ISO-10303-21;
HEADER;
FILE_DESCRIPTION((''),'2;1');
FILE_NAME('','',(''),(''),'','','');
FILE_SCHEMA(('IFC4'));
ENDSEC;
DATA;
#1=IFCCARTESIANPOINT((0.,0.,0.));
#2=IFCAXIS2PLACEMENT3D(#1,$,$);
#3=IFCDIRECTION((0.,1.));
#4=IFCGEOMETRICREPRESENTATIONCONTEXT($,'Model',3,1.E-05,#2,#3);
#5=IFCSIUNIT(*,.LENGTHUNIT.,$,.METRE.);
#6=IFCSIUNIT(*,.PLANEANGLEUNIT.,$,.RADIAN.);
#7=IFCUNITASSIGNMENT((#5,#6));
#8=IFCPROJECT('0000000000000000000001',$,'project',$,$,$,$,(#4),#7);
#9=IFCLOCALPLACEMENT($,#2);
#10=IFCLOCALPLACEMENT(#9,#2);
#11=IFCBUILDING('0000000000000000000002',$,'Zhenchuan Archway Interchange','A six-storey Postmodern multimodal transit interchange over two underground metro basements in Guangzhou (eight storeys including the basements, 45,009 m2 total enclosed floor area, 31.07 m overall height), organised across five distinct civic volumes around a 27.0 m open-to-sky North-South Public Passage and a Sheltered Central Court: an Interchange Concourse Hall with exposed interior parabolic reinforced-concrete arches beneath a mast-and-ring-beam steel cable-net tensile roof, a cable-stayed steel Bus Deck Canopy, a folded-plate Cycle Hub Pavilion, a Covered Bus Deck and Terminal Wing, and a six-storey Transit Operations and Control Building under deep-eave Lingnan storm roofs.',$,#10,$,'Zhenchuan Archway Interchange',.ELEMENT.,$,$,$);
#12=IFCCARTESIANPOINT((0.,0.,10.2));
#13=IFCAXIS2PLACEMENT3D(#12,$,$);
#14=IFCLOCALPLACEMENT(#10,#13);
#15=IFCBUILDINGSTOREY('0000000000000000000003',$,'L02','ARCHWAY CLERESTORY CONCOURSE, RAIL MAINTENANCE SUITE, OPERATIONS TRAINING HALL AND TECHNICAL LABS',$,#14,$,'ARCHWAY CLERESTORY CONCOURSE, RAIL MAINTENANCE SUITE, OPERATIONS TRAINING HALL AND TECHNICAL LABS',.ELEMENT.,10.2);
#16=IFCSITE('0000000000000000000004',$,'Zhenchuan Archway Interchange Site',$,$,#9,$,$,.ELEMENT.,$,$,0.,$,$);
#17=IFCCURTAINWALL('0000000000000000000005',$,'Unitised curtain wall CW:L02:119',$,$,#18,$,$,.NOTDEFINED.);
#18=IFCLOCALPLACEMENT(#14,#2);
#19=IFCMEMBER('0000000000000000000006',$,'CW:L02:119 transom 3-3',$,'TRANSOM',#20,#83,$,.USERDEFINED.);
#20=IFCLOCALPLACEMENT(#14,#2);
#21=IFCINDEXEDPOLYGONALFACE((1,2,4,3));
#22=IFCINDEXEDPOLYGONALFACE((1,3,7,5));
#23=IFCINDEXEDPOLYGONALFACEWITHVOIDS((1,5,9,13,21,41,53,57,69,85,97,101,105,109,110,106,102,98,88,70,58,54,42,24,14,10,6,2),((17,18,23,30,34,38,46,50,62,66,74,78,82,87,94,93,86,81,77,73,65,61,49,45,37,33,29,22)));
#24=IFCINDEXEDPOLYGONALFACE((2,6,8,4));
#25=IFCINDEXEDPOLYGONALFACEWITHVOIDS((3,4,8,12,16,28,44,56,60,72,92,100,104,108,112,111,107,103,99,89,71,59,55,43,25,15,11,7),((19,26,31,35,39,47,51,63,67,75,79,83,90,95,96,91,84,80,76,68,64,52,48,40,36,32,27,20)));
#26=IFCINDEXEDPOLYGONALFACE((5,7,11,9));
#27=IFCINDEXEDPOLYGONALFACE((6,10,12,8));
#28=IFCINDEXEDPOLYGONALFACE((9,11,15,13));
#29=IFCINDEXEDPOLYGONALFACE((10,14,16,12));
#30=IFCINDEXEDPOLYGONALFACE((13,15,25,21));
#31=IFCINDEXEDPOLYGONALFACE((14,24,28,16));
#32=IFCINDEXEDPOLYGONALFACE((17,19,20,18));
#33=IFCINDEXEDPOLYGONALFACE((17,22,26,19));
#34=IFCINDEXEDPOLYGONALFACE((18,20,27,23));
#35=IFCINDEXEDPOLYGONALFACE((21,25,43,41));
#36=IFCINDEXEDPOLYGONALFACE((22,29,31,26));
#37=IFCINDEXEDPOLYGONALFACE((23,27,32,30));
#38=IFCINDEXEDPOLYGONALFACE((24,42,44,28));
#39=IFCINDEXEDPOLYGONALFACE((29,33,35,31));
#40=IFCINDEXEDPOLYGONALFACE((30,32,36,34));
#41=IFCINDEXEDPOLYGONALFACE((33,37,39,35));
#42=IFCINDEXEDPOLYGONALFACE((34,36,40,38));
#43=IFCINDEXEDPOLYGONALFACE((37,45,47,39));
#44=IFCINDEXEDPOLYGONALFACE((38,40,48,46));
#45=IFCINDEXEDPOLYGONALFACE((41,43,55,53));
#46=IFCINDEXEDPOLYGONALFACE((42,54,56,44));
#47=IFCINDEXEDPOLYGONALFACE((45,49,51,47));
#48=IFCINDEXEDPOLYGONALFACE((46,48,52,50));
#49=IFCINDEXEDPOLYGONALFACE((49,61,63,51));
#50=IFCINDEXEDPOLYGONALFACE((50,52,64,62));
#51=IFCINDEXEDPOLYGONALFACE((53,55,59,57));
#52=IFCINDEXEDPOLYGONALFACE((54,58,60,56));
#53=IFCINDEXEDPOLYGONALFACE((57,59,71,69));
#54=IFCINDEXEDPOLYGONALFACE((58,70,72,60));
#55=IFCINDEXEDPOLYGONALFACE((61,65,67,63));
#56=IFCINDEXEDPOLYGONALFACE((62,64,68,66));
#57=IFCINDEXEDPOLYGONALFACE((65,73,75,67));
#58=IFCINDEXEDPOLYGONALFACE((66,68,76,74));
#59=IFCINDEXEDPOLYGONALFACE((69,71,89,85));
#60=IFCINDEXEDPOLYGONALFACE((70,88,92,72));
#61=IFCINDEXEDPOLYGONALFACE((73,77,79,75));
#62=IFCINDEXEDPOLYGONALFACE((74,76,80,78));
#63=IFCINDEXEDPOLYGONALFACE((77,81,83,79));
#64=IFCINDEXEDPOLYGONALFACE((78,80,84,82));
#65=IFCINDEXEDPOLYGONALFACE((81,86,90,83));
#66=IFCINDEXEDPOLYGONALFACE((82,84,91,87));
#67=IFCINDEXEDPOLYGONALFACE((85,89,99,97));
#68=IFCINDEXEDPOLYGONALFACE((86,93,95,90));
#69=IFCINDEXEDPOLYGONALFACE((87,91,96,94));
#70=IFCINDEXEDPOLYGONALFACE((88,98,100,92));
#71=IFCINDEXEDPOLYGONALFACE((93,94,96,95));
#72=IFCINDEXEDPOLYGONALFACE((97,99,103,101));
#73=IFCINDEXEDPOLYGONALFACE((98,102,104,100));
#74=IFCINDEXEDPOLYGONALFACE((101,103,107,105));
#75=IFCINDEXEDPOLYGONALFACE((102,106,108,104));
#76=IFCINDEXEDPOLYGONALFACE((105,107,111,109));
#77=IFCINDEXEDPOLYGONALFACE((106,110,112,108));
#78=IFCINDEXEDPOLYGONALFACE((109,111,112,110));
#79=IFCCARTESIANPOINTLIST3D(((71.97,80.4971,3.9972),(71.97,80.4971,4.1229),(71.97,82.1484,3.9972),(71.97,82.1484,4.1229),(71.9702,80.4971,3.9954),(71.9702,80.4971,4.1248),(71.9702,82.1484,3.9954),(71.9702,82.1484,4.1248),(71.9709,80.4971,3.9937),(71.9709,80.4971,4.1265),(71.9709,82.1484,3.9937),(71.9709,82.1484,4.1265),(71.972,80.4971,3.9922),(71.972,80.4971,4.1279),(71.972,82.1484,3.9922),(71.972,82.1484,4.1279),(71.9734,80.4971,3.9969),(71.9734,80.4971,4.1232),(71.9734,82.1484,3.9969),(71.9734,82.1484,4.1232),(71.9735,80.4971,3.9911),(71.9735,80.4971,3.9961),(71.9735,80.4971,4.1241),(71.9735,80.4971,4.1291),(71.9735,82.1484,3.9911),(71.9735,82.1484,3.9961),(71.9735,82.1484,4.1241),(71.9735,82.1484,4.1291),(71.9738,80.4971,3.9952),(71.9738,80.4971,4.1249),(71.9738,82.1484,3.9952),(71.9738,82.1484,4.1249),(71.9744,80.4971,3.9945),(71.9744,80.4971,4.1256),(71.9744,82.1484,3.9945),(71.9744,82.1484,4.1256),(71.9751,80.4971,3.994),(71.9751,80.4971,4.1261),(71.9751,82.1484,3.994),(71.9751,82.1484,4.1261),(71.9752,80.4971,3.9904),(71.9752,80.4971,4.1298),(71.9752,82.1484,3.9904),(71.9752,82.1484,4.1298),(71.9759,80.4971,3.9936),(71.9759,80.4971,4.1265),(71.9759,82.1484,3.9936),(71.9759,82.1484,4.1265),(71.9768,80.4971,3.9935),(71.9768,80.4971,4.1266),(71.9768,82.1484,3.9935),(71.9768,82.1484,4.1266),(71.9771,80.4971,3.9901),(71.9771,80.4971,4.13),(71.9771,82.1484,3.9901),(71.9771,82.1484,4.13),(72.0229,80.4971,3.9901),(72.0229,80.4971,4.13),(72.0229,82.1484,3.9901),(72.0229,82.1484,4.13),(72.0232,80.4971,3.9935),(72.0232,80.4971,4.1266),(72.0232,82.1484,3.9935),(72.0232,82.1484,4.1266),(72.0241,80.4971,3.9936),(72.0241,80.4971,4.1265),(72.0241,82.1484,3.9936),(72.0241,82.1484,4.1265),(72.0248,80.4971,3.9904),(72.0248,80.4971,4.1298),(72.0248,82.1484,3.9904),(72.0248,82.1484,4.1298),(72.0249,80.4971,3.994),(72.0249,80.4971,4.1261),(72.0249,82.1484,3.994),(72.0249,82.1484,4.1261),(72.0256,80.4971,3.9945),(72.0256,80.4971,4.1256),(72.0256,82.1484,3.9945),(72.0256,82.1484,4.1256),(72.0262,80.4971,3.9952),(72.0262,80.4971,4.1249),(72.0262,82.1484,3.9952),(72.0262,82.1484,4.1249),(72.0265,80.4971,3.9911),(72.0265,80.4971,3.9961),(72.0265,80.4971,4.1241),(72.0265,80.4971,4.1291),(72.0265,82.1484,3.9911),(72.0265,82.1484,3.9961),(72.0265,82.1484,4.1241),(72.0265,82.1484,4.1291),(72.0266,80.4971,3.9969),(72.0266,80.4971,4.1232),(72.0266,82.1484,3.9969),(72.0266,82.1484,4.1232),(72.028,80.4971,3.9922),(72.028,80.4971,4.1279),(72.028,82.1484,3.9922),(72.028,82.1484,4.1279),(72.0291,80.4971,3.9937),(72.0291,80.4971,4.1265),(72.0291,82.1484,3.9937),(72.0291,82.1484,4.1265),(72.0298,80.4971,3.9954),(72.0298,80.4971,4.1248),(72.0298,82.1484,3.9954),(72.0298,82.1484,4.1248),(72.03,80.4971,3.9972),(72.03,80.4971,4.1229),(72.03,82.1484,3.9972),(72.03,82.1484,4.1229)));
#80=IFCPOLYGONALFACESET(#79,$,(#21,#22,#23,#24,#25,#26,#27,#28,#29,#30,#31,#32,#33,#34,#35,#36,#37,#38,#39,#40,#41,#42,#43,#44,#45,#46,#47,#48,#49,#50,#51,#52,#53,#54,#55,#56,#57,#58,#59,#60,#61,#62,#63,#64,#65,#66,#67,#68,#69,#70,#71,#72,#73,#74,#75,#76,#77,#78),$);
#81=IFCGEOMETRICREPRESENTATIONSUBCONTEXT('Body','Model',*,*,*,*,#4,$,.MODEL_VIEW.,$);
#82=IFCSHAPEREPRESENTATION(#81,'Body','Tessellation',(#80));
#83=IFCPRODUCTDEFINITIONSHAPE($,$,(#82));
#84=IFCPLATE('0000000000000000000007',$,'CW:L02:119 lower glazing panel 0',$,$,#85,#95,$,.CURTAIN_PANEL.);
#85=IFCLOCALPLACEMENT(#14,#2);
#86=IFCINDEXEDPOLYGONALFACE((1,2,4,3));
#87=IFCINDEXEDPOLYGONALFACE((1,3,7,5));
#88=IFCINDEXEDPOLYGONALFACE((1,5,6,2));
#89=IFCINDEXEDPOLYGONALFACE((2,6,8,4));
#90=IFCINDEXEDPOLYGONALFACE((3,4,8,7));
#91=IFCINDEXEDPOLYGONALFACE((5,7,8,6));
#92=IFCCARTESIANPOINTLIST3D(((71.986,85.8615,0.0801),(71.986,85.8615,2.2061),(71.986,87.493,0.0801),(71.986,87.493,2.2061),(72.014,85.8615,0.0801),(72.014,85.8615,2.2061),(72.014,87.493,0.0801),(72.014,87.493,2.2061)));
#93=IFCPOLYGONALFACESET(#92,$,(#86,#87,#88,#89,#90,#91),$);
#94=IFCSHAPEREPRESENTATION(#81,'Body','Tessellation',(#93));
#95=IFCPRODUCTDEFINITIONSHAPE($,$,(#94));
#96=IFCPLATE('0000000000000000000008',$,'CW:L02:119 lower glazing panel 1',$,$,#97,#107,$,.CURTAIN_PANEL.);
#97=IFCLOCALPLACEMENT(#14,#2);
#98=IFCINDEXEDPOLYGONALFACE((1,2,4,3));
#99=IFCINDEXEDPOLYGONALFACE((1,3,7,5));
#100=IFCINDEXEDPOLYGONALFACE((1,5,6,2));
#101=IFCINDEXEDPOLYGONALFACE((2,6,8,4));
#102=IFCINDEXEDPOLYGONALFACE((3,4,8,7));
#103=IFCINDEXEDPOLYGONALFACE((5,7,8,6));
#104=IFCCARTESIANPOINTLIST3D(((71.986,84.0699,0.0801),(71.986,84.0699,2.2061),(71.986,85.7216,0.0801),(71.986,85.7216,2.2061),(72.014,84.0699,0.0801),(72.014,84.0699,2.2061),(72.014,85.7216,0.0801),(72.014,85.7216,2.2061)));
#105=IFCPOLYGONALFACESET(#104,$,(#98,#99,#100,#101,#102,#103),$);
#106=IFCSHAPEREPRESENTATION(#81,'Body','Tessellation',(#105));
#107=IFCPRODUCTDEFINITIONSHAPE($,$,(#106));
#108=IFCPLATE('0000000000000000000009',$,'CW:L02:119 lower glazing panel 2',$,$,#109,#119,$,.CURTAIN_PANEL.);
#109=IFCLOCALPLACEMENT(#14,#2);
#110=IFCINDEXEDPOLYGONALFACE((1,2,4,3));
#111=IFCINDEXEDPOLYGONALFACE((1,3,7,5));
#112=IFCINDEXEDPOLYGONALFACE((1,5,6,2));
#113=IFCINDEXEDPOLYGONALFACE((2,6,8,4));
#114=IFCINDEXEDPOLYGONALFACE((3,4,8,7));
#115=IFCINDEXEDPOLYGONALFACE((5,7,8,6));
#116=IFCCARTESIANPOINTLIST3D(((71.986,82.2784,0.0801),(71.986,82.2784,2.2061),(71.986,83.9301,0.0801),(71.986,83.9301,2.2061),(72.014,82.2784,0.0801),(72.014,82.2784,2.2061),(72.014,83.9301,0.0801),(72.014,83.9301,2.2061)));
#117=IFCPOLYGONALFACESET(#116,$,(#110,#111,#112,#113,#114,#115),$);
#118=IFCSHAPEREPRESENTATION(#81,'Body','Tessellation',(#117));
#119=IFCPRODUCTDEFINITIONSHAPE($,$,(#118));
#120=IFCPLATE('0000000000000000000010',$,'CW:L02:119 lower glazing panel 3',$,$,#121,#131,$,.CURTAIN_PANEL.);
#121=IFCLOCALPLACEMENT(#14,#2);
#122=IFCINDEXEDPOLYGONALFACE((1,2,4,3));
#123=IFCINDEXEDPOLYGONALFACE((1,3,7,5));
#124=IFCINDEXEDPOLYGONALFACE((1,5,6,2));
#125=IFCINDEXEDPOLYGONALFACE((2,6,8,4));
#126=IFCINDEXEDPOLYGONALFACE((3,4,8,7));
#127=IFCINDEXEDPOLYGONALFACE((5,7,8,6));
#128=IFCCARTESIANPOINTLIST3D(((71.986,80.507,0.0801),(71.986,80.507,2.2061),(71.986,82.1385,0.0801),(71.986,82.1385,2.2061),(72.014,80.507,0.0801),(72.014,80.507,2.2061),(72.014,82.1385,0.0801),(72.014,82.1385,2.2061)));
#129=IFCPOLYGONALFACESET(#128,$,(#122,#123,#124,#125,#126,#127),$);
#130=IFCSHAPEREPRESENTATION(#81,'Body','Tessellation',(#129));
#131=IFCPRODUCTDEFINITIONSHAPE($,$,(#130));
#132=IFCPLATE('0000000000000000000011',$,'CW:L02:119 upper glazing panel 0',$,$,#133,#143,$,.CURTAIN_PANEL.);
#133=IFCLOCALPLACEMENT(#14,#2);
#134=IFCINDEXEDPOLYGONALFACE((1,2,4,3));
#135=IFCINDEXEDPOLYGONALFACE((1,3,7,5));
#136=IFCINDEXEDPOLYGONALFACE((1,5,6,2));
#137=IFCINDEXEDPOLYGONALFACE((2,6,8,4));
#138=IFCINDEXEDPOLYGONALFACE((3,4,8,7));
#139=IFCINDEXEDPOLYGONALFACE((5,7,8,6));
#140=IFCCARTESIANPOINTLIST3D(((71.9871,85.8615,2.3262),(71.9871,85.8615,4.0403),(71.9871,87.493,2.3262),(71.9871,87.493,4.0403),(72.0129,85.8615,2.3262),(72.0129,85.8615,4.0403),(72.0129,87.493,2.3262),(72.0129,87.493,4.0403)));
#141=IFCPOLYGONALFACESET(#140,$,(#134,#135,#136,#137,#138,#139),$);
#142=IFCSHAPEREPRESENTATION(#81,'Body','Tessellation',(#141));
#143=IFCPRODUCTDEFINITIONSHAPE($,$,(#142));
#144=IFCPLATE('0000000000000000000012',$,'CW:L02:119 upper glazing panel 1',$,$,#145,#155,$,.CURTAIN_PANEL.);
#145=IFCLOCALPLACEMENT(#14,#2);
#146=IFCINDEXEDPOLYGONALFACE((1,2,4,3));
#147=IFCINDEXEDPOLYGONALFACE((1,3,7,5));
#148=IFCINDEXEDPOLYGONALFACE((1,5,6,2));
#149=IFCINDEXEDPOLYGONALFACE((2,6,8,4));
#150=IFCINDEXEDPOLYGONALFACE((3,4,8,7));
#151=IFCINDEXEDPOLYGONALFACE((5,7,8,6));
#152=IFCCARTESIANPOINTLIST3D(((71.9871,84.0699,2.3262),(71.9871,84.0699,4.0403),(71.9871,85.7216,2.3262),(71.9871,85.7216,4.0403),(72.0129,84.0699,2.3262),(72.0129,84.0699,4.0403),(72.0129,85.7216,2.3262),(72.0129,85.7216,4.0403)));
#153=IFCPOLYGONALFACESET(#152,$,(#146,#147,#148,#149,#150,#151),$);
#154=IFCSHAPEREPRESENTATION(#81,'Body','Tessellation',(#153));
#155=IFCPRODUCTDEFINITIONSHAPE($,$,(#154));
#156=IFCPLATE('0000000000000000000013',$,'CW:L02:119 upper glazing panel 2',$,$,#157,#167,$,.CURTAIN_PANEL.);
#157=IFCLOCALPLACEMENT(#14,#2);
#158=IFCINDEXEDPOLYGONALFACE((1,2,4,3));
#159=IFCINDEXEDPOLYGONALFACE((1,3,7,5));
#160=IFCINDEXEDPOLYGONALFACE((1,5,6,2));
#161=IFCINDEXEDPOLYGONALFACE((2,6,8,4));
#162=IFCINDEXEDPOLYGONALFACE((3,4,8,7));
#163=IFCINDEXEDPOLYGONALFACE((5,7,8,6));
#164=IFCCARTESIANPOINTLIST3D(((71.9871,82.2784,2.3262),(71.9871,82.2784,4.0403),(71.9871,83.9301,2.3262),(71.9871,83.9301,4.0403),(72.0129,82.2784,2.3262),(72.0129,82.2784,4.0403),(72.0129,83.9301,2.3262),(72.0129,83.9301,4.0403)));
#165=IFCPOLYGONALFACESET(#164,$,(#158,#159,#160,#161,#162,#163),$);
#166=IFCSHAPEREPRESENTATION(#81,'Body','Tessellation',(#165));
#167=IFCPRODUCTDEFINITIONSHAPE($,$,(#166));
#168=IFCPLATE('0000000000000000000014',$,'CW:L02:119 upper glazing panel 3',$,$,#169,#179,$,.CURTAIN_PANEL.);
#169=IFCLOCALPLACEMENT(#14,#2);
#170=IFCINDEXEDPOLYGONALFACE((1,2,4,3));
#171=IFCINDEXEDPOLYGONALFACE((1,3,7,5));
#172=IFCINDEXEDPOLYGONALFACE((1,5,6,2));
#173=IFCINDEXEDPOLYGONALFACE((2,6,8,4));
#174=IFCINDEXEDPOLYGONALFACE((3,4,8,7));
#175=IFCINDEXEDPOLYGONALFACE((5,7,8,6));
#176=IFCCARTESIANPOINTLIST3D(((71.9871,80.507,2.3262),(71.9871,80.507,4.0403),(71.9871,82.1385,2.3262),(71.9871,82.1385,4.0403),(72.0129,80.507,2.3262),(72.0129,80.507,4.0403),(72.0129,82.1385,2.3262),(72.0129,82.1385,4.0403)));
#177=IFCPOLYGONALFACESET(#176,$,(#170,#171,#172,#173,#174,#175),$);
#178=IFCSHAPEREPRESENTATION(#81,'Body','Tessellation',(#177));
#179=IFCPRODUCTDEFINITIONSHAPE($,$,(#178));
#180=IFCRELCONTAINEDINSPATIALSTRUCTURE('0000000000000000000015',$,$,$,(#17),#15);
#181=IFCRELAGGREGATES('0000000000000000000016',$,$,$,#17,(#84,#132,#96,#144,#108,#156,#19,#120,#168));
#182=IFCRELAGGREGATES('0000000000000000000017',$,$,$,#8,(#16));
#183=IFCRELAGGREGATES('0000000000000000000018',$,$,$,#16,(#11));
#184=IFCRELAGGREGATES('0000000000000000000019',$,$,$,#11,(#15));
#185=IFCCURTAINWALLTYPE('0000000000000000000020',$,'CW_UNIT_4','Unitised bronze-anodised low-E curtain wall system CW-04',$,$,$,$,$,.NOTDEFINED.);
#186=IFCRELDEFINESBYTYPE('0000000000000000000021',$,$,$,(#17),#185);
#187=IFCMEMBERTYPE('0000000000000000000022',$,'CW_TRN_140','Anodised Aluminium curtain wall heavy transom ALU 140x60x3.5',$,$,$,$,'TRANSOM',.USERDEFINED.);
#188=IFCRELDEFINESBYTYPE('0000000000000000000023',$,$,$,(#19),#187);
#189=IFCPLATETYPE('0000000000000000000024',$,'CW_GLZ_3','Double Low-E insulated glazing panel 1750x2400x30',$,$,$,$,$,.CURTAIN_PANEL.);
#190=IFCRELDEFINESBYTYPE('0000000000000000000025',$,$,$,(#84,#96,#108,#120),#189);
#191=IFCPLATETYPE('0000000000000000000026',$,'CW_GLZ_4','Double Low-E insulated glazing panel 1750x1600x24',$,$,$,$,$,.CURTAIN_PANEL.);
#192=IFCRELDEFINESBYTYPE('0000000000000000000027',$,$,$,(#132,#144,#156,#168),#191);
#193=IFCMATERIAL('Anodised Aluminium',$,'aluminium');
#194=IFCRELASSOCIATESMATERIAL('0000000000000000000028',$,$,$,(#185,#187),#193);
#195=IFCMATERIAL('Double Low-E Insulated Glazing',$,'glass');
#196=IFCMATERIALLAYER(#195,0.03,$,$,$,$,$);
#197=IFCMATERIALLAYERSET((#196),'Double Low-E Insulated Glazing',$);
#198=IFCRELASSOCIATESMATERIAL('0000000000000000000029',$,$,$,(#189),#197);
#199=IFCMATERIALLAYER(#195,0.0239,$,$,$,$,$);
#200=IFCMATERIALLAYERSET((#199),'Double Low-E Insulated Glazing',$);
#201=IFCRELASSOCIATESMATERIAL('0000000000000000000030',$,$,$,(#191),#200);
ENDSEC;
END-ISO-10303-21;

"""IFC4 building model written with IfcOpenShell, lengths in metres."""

from ifc_helpers import new_model, si_unit, direction, frame, origin, origin_2d, place, context, subcontext, project, spatial, rectangle, hollow_rectangle, extrude, material, layer, layer_set, material_profile, profile_set, type_object, element, aggregate, save


model = new_model("IFC4")

# Units and contexts
model_context = context("Model", 3, precision=1e-05, world=origin(), true_north=direction((0.0, 1.0)))
body_context = subcontext(model_context, "Body", "Model", "MODEL_VIEW")
ifc_project = project(units=[si_unit("LENGTHUNIT", "METRE"), si_unit("PLANEANGLEUNIT", "RADIAN")], contexts=[model_context])

# Site, building, storey
site_placement = place(None, origin())
site = spatial("IfcSite", under=ifc_project, at=site_placement, Name="Zhenchuan Archway Interchange Site", CompositionType="ELEMENT", RefElevation=0.0)
building_placement = place(site_placement, origin())
building = spatial("IfcBuilding", under=site, at=building_placement, Name="Zhenchuan Archway Interchange", Description="A six-storey Postmodern multimodal transit interchange over two underground metro basements in Guangzhou (eight storeys including the basements, 45,009 m2 total enclosed floor area, 31.07 m overall height), organised across five distinct civic volumes around a 27.0 m open-to-sky North-South Public Passage and a Sheltered Central Court: an Interchange Concourse Hall with exposed interior parabolic reinforced-concrete arches beneath a mast-and-ring-beam steel cable-net tensile roof, a cable-stayed steel Bus Deck Canopy, a folded-plate Cycle Hub Pavilion, a Covered Bus Deck and Terminal Wing, and a six-storey Transit Operations and Control Building under deep-eave Lingnan storm roofs.", LongName="Zhenchuan Archway Interchange", CompositionType="ELEMENT")
storey_placement = place(building_placement, frame((0.0, 0.0, 10.2)))
storey = spatial("IfcBuildingStorey", under=building, at=storey_placement, Name="L02", Description="ARCHWAY CLERESTORY CONCOURSE, RAIL MAINTENANCE SUITE, OPERATIONS TRAINING HALL AND TECHNICAL LABS", LongName="ARCHWAY CLERESTORY CONCOURSE, RAIL MAINTENANCE SUITE, OPERATIONS TRAINING HALL AND TECHNICAL LABS", CompositionType="ELEMENT", Elevation=10.2)

# Curtain wall, member, plates
ifc_material_1 = material(Name="Anodised Aluminium", Category="aluminium")
curtain_wall_type = type_object("IfcCurtainWallType", Name="CW_UNIT_4", Description="Unitised bronze-anodised low-E curtain wall system CW-04", PredefinedType="NOTDEFINED", material=ifc_material_1)
curtain_wall_placement = place(storey_placement, origin())
curtain_wall = element("IfcCurtainWall", 1, at=curtain_wall_placement, inside=storey, type_object=curtain_wall_type, Name="Unitised curtain wall CW:L02:119", PredefinedType="NOTDEFINED")
ifc_material_profile_1 = material_profile(ifc_material_1, hollow_rectangle(XDim=0.0601, YDim=0.1399, WallThickness=0.0034, InnerFilletRadius=0.0034, OuterFilletRadius=0.0071, at=origin_2d()), Name="ALU 140x60x3.5")
ifc_profile_set_1 = profile_set([ifc_material_profile_1], Name="Anodised Aluminium")
member_type_1 = type_object("IfcMemberType", Name="CW_TRN_140", Description="Anodised Aluminium curtain wall heavy transom ALU 140x60x3.5", ElementType="TRANSOM", PredefinedType="USERDEFINED", material=ifc_profile_set_1)
member_1_placement = place(storey_placement, frame((72.0, 82.1484, 4.0601), z_axis=(0.0, -1.0, 0.0), x_axis=(1.0, 0.0, 0.0)))
member_1 = element("IfcMember", 2, at=member_1_placement, type_object=member_type_1, Name="CW:L02:119 transom 3-3", ObjectType="TRANSOM", PredefinedType="USERDEFINED", context=body_context, shape_type="SweptSolid", body=[
    extrude(hollow_rectangle(XDim=0.0601, YDim=0.1399, WallThickness=0.0034, InnerFilletRadius=0.0034, OuterFilletRadius=0.0071, at=origin_2d()), origin(), (0.0, 0.0, 1.0), 1.6514),
])
ifc_material_2 = material(Name="Double Low-E Insulated Glazing", Category="glass")
ifc_layer_1 = layer(ifc_material_2, 0.03)
ifc_layer_set_1 = layer_set([ifc_layer_1], Name="Double Low-E Insulated Glazing")
plate_type_1 = type_object("IfcPlateType", Name="CW_GLZ_3", Description="Double Low-E insulated glazing panel 1750x2400x30", PredefinedType="CURTAIN_PANEL", material=ifc_layer_set_1)
plate_1_placement = place(storey_placement, frame((72.0, 86.6772, 0.0801), z_axis=(0.0, 0.0, 1.0), x_axis=(0.0, -1.0, 0.0)))
plate_1 = element("IfcPlate", 3, at=plate_1_placement, type_object=plate_type_1, Name="CW:L02:119 lower glazing panel 0", PredefinedType="CURTAIN_PANEL", context=body_context, shape_type="SweptSolid", body=[
    extrude(rectangle(XDim=1.6316, YDim=0.0281, at=origin_2d()), origin(), (0.0, 0.0, 1.0), 2.126),
])
plate_2_placement = place(storey_placement, frame((72.0, 84.8958, 0.0801), z_axis=(0.0, 0.0, 1.0), x_axis=(0.0, -1.0, 0.0)))
plate_2 = element("IfcPlate", 4, at=plate_2_placement, type_object=plate_type_1, Name="CW:L02:119 lower glazing panel 1", PredefinedType="CURTAIN_PANEL", context=body_context, shape_type="SweptSolid", body=[
    extrude(rectangle(XDim=1.6516, YDim=0.0281, at=origin_2d()), origin(), (0.0, 0.0, 1.0), 2.126),
])
plate_3_placement = place(storey_placement, frame((72.0, 83.1042, 0.0801), z_axis=(0.0, 0.0, 1.0), x_axis=(0.0, -1.0, 0.0)))
plate_3 = element("IfcPlate", 5, at=plate_3_placement, type_object=plate_type_1, Name="CW:L02:119 lower glazing panel 2", PredefinedType="CURTAIN_PANEL", context=body_context, shape_type="SweptSolid", body=[
    extrude(rectangle(XDim=1.6516, YDim=0.0281, at=origin_2d()), origin(), (0.0, 0.0, 1.0), 2.126),
])
plate_4_placement = place(storey_placement, frame((72.0, 81.3228, 0.0801), z_axis=(0.0, 0.0, 1.0), x_axis=(0.0, -1.0, 0.0)))
plate_4 = element("IfcPlate", 6, at=plate_4_placement, type_object=plate_type_1, Name="CW:L02:119 lower glazing panel 3", PredefinedType="CURTAIN_PANEL", context=body_context, shape_type="SweptSolid", body=[
    extrude(rectangle(XDim=1.6316, YDim=0.0281, at=origin_2d()), origin(), (0.0, 0.0, 1.0), 2.126),
])
ifc_layer_2 = layer(ifc_material_2, 0.0239)
ifc_layer_set_2 = layer_set([ifc_layer_2], Name="Double Low-E Insulated Glazing")
plate_type_2 = type_object("IfcPlateType", Name="CW_GLZ_4", Description="Double Low-E insulated glazing panel 1750x1600x24", PredefinedType="CURTAIN_PANEL", material=ifc_layer_set_2)
plate_5_placement = place(storey_placement, frame((72.0, 86.6772, 2.3262), z_axis=(0.0, 0.0, 1.0), x_axis=(0.0, -1.0, 0.0)))
plate_5 = element("IfcPlate", 7, at=plate_5_placement, type_object=plate_type_2, Name="CW:L02:119 upper glazing panel 0", PredefinedType="CURTAIN_PANEL", context=body_context, shape_type="SweptSolid", body=[
    extrude(rectangle(XDim=1.6316, YDim=0.0259, at=origin_2d()), origin(), (0.0, 0.0, 1.0), 1.7141),
])
plate_6_placement = place(storey_placement, frame((72.0, 84.8958, 2.3262), z_axis=(0.0, 0.0, 1.0), x_axis=(0.0, -1.0, 0.0)))
plate_6 = element("IfcPlate", 8, at=plate_6_placement, type_object=plate_type_2, Name="CW:L02:119 upper glazing panel 1", PredefinedType="CURTAIN_PANEL", context=body_context, shape_type="SweptSolid", body=[
    extrude(rectangle(XDim=1.6516, YDim=0.0259, at=origin_2d()), origin(), (0.0, 0.0, 1.0), 1.7141),
])
plate_7_placement = place(storey_placement, frame((72.0, 83.1042, 2.3262), z_axis=(0.0, 0.0, 1.0), x_axis=(0.0, -1.0, 0.0)))
plate_7 = element("IfcPlate", 9, at=plate_7_placement, type_object=plate_type_2, Name="CW:L02:119 upper glazing panel 2", PredefinedType="CURTAIN_PANEL", context=body_context, shape_type="SweptSolid", body=[
    extrude(rectangle(XDim=1.6516, YDim=0.0259, at=origin_2d()), origin(), (0.0, 0.0, 1.0), 1.7141),
])
plate_8_placement = place(storey_placement, frame((72.0, 81.3228, 2.3262), z_axis=(0.0, 0.0, 1.0), x_axis=(0.0, -1.0, 0.0)))
plate_8 = element("IfcPlate", 10, at=plate_8_placement, type_object=plate_type_2, Name="CW:L02:119 upper glazing panel 3", PredefinedType="CURTAIN_PANEL", context=body_context, shape_type="SweptSolid", body=[
    extrude(rectangle(XDim=1.6316, YDim=0.0259, at=origin_2d()), origin(), (0.0, 0.0, 1.0), 1.7141),
])
aggregate(curtain_wall, [plate_1, plate_5, plate_2, plate_6, plate_3, plate_7, member_1, plate_4, plate_8])

save(model, "model.ifc")
